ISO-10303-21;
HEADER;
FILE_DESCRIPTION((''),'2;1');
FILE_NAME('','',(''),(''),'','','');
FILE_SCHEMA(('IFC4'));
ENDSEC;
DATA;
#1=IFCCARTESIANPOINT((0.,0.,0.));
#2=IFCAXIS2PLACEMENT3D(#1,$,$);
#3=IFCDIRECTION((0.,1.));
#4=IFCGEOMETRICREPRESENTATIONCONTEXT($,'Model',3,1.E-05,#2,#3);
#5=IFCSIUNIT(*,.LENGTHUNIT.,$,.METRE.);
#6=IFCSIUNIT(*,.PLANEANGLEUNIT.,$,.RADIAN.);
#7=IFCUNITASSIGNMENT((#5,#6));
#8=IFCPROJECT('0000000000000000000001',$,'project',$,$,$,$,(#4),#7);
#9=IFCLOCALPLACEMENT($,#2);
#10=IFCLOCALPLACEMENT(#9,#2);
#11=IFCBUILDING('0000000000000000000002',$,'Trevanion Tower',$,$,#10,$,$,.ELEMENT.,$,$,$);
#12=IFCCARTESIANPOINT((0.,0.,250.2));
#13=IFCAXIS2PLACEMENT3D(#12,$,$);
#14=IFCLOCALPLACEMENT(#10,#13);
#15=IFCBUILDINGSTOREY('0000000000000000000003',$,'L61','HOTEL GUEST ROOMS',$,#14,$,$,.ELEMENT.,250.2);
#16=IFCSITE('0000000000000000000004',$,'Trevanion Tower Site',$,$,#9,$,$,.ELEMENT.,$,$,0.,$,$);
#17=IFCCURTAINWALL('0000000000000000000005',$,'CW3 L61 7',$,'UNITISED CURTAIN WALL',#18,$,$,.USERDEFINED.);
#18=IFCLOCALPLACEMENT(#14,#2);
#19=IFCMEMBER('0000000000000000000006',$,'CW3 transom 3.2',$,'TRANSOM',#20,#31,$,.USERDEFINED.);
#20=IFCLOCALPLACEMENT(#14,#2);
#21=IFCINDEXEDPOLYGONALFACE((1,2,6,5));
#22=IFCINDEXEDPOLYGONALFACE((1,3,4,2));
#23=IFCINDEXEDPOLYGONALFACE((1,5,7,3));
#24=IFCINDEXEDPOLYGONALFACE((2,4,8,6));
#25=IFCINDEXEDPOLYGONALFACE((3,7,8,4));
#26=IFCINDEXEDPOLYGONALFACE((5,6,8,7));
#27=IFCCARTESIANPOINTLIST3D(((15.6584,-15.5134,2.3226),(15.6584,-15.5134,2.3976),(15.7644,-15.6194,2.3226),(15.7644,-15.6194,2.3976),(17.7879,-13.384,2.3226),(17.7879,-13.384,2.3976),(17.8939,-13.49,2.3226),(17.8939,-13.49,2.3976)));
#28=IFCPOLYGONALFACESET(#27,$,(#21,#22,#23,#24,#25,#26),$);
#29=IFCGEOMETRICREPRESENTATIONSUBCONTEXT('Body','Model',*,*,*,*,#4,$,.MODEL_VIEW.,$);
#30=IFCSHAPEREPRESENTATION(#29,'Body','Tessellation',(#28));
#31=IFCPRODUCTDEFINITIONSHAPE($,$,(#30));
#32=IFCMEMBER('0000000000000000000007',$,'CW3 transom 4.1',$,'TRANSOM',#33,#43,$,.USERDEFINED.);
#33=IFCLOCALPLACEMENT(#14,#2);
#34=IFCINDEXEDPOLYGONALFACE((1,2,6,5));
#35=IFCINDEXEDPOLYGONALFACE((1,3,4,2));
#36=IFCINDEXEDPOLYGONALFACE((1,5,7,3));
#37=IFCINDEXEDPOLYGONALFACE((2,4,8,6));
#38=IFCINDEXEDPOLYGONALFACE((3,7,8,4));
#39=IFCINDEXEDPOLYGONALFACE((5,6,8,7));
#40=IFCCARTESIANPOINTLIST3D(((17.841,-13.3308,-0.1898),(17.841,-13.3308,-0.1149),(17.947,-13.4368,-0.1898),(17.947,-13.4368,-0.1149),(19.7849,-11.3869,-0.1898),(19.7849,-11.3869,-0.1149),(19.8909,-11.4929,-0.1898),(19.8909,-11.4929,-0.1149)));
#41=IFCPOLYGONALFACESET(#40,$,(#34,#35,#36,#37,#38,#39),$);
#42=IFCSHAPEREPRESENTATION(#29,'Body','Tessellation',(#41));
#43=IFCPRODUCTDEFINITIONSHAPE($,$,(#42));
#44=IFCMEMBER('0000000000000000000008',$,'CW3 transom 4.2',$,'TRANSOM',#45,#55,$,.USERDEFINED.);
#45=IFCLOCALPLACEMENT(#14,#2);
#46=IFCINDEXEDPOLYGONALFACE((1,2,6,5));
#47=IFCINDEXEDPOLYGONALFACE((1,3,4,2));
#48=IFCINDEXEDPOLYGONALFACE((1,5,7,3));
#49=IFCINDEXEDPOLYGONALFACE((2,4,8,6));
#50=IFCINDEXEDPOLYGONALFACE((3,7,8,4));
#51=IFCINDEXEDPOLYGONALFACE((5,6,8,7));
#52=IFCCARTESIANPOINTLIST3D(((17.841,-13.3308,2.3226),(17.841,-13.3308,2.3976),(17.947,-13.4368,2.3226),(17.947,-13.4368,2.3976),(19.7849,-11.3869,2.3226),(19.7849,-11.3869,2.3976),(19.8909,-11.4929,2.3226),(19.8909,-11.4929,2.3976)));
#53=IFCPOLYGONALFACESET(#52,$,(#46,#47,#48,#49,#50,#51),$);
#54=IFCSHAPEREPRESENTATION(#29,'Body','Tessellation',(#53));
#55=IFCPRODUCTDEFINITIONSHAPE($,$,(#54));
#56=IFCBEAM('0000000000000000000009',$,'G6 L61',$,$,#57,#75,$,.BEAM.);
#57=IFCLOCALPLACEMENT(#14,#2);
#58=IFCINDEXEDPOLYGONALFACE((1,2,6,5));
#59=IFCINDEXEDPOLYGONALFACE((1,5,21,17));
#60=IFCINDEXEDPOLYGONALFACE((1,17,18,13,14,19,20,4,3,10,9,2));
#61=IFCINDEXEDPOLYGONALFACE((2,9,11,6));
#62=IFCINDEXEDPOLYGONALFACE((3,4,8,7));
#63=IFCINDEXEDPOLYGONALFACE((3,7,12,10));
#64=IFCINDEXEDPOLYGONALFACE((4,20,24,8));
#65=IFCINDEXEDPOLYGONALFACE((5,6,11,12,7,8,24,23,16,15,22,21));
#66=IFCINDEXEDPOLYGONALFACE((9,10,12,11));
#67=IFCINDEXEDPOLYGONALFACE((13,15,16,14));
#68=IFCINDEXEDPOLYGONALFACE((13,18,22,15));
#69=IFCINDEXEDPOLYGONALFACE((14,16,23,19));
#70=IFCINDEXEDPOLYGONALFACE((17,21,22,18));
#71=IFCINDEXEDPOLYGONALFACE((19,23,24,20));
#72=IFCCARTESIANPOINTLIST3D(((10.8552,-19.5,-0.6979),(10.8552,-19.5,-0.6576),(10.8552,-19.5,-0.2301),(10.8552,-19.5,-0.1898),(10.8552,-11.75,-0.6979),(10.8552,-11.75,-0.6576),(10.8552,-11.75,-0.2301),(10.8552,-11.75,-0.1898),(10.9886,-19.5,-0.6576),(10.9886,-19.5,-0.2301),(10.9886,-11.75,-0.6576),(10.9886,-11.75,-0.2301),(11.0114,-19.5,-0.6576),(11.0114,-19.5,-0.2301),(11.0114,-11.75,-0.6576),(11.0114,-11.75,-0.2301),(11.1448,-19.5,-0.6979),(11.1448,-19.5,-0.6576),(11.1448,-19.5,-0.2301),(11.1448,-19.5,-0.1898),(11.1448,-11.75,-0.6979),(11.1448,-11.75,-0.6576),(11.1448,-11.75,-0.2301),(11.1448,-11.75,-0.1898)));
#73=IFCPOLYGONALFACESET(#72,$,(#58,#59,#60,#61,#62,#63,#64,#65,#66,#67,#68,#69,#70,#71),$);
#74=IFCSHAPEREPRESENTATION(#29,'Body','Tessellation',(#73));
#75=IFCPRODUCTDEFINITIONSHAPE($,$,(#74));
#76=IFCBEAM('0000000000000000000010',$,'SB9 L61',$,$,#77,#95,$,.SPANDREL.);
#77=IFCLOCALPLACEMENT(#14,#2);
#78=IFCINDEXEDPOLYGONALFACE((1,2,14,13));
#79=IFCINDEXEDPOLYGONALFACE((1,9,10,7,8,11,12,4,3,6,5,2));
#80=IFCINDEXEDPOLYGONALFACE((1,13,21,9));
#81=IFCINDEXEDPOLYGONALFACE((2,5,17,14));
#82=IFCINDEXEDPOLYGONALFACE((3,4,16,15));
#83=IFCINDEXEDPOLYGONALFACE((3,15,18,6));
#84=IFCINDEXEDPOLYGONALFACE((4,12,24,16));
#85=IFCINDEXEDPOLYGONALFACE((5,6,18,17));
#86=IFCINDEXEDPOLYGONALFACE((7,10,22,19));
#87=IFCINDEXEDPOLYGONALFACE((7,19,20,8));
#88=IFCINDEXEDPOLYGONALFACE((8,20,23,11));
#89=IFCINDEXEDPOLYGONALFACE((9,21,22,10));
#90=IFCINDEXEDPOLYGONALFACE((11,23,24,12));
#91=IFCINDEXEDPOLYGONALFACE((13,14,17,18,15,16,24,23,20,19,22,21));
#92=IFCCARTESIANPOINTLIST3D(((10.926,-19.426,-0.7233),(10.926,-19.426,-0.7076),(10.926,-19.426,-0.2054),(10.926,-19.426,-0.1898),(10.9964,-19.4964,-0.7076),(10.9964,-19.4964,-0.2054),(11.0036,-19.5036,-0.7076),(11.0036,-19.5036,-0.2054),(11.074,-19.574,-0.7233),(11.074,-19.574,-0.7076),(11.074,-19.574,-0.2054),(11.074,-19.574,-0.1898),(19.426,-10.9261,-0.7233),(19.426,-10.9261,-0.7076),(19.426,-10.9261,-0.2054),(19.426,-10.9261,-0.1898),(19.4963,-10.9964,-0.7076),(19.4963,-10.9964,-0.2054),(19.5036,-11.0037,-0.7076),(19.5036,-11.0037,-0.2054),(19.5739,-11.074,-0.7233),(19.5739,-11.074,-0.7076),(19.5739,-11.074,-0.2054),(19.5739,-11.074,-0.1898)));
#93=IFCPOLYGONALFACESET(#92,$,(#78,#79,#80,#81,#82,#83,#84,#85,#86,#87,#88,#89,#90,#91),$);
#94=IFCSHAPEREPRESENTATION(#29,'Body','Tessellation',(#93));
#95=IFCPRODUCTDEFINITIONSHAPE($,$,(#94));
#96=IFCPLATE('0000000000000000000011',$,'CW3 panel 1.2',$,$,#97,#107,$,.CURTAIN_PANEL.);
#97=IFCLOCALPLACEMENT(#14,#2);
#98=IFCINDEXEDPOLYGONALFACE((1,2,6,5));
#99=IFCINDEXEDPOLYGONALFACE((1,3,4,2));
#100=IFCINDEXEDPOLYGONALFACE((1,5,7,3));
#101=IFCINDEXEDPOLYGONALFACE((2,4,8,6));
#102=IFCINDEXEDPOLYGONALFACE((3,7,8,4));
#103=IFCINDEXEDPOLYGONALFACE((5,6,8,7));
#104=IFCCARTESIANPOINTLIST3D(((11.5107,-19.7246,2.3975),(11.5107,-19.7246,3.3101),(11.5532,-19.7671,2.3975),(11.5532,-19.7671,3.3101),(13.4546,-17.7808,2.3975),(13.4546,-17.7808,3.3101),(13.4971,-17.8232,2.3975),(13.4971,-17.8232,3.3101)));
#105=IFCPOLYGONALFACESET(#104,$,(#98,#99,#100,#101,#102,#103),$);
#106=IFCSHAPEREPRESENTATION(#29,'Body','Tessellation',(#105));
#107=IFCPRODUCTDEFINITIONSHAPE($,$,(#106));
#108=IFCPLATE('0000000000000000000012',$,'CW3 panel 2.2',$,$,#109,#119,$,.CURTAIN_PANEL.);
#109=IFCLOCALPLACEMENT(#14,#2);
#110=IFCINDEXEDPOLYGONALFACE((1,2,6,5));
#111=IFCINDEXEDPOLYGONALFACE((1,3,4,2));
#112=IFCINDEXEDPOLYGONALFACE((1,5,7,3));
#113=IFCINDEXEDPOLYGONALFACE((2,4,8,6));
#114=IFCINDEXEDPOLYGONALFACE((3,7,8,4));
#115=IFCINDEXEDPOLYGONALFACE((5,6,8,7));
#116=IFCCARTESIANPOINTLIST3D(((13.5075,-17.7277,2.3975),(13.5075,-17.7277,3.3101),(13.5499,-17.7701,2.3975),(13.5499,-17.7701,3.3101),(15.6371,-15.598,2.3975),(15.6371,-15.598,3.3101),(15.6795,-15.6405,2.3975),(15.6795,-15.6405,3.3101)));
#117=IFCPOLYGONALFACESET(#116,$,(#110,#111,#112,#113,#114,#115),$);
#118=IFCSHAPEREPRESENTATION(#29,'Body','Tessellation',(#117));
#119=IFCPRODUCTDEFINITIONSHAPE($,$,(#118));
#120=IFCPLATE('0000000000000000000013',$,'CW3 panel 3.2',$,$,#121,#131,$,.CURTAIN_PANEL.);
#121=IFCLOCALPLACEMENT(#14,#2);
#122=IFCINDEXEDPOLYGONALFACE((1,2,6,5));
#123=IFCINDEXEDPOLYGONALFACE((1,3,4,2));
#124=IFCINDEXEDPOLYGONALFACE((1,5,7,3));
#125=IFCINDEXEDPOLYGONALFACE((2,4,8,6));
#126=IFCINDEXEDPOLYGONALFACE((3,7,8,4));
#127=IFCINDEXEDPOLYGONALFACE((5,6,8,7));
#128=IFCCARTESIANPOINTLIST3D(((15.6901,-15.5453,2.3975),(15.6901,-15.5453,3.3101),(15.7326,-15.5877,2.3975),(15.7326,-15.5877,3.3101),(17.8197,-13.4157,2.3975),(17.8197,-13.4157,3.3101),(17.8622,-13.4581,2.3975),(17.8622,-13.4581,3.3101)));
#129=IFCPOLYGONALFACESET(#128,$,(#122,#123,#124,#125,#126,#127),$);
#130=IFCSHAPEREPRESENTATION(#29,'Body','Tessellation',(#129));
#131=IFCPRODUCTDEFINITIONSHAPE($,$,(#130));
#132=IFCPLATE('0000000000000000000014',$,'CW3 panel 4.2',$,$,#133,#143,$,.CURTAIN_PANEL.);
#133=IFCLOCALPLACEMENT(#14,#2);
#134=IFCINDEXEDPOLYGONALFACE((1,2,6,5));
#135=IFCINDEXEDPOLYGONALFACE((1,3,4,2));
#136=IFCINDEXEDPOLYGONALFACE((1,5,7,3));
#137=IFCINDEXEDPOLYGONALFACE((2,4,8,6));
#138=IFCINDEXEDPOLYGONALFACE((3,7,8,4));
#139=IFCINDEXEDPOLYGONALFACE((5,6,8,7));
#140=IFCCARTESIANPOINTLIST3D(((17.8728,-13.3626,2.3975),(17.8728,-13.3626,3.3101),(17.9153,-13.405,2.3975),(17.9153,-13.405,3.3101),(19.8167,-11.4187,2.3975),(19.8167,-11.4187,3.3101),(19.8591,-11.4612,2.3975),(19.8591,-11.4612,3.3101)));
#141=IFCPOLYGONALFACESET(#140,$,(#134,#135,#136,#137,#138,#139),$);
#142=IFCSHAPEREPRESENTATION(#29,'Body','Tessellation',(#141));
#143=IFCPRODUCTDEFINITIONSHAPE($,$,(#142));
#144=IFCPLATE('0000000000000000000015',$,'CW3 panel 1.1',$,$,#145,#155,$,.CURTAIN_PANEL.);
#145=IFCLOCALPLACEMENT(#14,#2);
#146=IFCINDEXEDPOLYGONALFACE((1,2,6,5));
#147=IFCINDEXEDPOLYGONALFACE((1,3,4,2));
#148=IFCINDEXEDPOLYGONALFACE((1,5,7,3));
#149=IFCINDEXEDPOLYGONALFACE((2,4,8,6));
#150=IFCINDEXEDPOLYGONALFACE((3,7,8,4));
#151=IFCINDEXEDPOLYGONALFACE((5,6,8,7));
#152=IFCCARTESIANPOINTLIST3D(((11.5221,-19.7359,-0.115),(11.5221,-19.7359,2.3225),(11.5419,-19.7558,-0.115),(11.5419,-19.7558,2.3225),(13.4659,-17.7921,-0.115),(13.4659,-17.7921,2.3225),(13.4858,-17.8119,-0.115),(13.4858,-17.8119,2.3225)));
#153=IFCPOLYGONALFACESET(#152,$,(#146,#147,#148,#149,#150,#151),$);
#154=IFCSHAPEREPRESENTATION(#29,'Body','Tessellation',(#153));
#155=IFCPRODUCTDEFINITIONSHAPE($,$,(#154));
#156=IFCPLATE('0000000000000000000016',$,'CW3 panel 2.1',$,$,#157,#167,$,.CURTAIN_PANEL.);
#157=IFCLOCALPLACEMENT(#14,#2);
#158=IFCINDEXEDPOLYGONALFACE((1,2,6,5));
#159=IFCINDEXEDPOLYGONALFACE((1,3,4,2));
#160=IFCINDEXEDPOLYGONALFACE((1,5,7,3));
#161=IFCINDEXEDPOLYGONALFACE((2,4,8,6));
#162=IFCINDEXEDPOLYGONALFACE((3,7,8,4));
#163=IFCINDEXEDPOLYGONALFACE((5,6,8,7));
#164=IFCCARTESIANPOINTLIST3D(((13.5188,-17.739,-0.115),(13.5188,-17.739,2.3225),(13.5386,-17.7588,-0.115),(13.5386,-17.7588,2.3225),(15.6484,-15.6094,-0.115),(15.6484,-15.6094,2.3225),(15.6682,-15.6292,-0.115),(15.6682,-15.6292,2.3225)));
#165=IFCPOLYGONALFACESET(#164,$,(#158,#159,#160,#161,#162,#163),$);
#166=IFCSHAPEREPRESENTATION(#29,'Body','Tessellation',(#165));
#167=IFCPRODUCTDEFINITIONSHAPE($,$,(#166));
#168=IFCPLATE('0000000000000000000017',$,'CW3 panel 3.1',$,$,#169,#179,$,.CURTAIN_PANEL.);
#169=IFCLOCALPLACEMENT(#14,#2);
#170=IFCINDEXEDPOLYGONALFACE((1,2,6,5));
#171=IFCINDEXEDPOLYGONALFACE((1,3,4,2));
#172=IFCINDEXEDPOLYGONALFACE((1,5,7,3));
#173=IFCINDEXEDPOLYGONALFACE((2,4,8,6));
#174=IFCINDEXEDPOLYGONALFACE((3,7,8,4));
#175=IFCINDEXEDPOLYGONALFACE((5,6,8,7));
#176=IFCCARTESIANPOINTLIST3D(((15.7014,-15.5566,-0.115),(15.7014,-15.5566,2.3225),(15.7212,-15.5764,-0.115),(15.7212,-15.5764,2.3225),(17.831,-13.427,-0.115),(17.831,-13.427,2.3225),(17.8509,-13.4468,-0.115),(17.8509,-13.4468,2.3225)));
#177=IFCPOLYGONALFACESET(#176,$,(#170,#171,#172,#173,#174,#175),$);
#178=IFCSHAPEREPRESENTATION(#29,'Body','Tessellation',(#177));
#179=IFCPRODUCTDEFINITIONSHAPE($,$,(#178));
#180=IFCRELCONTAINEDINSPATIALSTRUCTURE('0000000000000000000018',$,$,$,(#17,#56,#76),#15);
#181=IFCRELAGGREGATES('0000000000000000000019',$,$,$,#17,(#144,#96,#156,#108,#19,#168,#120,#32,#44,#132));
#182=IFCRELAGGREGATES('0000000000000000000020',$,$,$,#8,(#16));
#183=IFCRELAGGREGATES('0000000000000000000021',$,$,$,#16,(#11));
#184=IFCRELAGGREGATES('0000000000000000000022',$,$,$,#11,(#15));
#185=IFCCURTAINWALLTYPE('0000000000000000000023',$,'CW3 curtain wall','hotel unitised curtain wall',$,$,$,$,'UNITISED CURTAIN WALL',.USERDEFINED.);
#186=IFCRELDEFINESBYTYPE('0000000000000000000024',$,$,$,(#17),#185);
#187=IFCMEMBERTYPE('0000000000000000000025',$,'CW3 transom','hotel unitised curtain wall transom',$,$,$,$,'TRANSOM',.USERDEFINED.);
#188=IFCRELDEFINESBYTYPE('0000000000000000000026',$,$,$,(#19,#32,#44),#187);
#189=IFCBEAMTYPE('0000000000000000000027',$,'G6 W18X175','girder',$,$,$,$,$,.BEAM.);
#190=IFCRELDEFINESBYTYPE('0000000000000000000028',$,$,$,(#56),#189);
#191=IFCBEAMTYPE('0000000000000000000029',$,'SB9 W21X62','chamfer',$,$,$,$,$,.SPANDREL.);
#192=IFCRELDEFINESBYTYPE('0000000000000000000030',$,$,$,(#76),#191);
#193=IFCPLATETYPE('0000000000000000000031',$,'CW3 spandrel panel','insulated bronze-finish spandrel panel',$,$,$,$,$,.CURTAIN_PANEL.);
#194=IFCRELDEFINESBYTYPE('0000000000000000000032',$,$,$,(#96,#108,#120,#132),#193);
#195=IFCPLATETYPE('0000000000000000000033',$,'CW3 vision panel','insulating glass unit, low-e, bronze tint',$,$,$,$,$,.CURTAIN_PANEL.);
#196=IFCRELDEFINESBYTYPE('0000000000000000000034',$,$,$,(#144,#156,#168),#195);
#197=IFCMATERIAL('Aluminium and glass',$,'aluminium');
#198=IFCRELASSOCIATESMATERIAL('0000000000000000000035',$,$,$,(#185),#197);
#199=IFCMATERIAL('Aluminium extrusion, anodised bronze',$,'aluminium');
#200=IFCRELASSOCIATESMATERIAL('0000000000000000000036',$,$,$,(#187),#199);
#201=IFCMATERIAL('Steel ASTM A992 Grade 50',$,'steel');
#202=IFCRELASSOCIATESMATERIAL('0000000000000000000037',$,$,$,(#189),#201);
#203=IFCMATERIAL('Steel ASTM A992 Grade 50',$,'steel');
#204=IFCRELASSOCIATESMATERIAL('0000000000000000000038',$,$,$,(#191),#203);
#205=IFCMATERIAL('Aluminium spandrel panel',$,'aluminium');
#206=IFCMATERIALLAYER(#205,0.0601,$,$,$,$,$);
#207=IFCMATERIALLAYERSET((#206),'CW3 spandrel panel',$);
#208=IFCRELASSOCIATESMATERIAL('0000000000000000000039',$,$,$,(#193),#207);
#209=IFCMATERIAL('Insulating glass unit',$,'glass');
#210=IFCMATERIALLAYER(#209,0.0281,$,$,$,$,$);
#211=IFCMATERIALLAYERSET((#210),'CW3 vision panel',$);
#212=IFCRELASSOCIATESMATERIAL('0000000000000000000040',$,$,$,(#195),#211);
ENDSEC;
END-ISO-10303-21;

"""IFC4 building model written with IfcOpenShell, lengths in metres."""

from ifc_helpers import new_model, si_unit, direction, frame, origin, origin_2d, place, context, subcontext, project, spatial, rectangle, i_section, extrude, material, layer, layer_set, material_profile, profile_set, type_object, element, aggregate, save


model = new_model("IFC4")

# Units and contexts
model_context = context("Model", 3, precision=1e-05, world=origin(), true_north=direction((0.0, 1.0)))
body_context = subcontext(model_context, "Body", "Model", "MODEL_VIEW")
ifc_project = project(units=[si_unit("LENGTHUNIT", "METRE"), si_unit("PLANEANGLEUNIT", "RADIAN")], contexts=[model_context])

# Site, building, storey
site_placement = place(None, origin())
site = spatial("IfcSite", under=ifc_project, at=site_placement, Name="Trevanion Tower Site", CompositionType="ELEMENT", RefElevation=0.0)
building_placement = place(site_placement, origin())
building = spatial("IfcBuilding", under=site, at=building_placement, Name="Trevanion Tower", CompositionType="ELEMENT")
storey_placement = place(building_placement, frame((0.0, 0.0, 250.2)))
storey = spatial("IfcBuildingStorey", under=building, at=storey_placement, Name="L61", Description="HOTEL GUEST ROOMS", CompositionType="ELEMENT", Elevation=250.2)

# Curtain wall
ifc_material_1 = material(Name="Aluminium and glass", Category="aluminium")
curtain_wall_type = type_object("IfcCurtainWallType", Name="CW3 curtain wall", Description="hotel unitised curtain wall", ElementType="UNITISED CURTAIN WALL", PredefinedType="USERDEFINED", material=ifc_material_1)
curtain_wall_1_placement = place(storey_placement, origin())
curtain_wall_1 = element("IfcCurtainWall", 1, at=curtain_wall_1_placement, inside=storey, type_object=curtain_wall_type, Name="CW3 L61 7", ObjectType="UNITISED CURTAIN WALL", PredefinedType="USERDEFINED")

# Members
ifc_material_2 = material(Name="Aluminium extrusion, anodised bronze", Category="aluminium")
ifc_material_profile_1 = material_profile(ifc_material_2, rectangle(XDim=0.1499, YDim=0.075, at=origin_2d()), Name="CW3 transom")
ifc_profile_set_1 = profile_set([ifc_material_profile_1], Name="Aluminium extrusion, anodised bronze")
member_type_1 = type_object("IfcMemberType", Name="CW3 transom", Description="hotel unitised curtain wall transom", ElementType="TRANSOM", PredefinedType="USERDEFINED", material=ifc_profile_set_1)
member_1_placement = place(storey_placement, frame((15.7114, -15.5664, 2.3601), z_axis=(0.707107, 0.707107, 0.0), x_axis=(-0.707107, 0.707107, 0.0)))
member_1 = element("IfcMember", 2, at=member_1_placement, type_object=member_type_1, Name="CW3 transom 3.2", ObjectType="TRANSOM", PredefinedType="USERDEFINED", context=body_context, shape_type="SweptSolid", body=[
    extrude(rectangle(XDim=0.1499, YDim=0.075, at=origin_2d()), origin(), (0.0, 0.0, 1.0), 3.0115),
])
member_2_placement = place(storey_placement, frame((17.894, -13.3838, -0.1523), z_axis=(0.707107, 0.707107, 0.0), x_axis=(-0.707107, 0.707107, 0.0)))
member_2 = element("IfcMember", 3, at=member_2_placement, type_object=member_type_1, Name="CW3 transom 4.1", ObjectType="TRANSOM", PredefinedType="USERDEFINED", context=body_context, shape_type="SweptSolid", body=[
    extrude(rectangle(XDim=0.1499, YDim=0.075, at=origin_2d()), origin(), (0.0, 0.0, 1.0), 2.749),
])
member_3_placement = place(storey_placement, frame((17.894, -13.3838, 2.3601), z_axis=(0.707107, 0.707107, 0.0), x_axis=(-0.707107, 0.707107, 0.0)))
member_3 = element("IfcMember", 4, at=member_3_placement, type_object=member_type_1, Name="CW3 transom 4.2", ObjectType="TRANSOM", PredefinedType="USERDEFINED", context=body_context, shape_type="SweptSolid", body=[
    extrude(rectangle(XDim=0.1499, YDim=0.075, at=origin_2d()), origin(), (0.0, 0.0, 1.0), 2.749),
])

# Beams
ifc_material_3 = material(Name="Steel ASTM A992 Grade 50", Category="steel")
ifc_material_profile_2 = material_profile(ifc_material_3, i_section(OverallWidth=0.2896, OverallDepth=0.5081, WebThickness=0.0227, FlangeThickness=0.0403, at=origin_2d()), Name="W18X175")
ifc_profile_set_2 = profile_set([ifc_material_profile_2], Name="Steel ASTM A992 Grade 50")
beam_type_1 = type_object("IfcBeamType", Name="G6 W18X175", Description="girder", PredefinedType="BEAM", material=ifc_profile_set_2)
beam_1_placement = place(storey_placement, frame((11.0, -11.75, -0.4438), z_axis=(0.0, -1.0, 0.0), x_axis=(1.0, 0.0, 0.0)))
element("IfcBeam", 5, at=beam_1_placement, inside=storey, type_object=beam_type_1, Name="G6 L61", PredefinedType="BEAM", context=body_context, shape_type="SweptSolid", body=[
    extrude(i_section(OverallWidth=0.2896, OverallDepth=0.5081, WebThickness=0.0227, FlangeThickness=0.0403, at=origin_2d()), origin(), (0.0, 0.0, 1.0), 7.75),
])
ifc_material_4 = material(Name="Steel ASTM A992 Grade 50", Category="steel")
ifc_material_profile_3 = material_profile(ifc_material_4, i_section(OverallWidth=0.2092, OverallDepth=0.5334, WebThickness=0.0103, FlangeThickness=0.0156, at=origin_2d()), Name="W21X62")
ifc_profile_set_3 = profile_set([ifc_material_profile_3], Name="Steel ASTM A992 Grade 50")
beam_type_2 = type_object("IfcBeamType", Name="SB9 W21X62", Description="chamfer", PredefinedType="SPANDREL", material=ifc_profile_set_3)
beam_2_placement = place(storey_placement, frame((11.0, -19.5, -0.4565), z_axis=(0.707107, 0.707107, 0.0), x_axis=(-0.707107, 0.707107, 0.0)))
element("IfcBeam", 6, at=beam_2_placement, inside=storey, type_object=beam_type_2, Name="SB9 L61", PredefinedType="SPANDREL", context=body_context, shape_type="SweptSolid", body=[
    extrude(i_section(OverallWidth=0.2092, OverallDepth=0.5334, WebThickness=0.0103, FlangeThickness=0.0156, at=origin_2d()), origin(), (0.0, 0.0, 1.0), 12.0208),
])

# Plates
ifc_material_5 = material(Name="Aluminium spandrel panel", Category="aluminium")
ifc_layer_1 = layer(ifc_material_5, 0.0601)
ifc_layer_set_1 = layer_set([ifc_layer_1], Name="CW3 spandrel panel")
plate_type_1 = type_object("IfcPlateType", Name="CW3 spandrel panel", Description="insulated bronze-finish spandrel panel", PredefinedType="CURTAIN_PANEL", material=ifc_layer_set_1)
plate_1_placement = place(storey_placement, frame((12.5039, -18.7739, 2.3975), z_axis=(0.0, 0.0, 1.0), x_axis=(0.707107, 0.707107, 0.0)))
plate_1 = element("IfcPlate", 7, at=plate_1_placement, type_object=plate_type_1, Name="CW3 panel 1.2", PredefinedType="CURTAIN_PANEL", context=body_context, shape_type="SweptSolid", body=[
    extrude(rectangle(XDim=2.749, YDim=0.0601, at=origin_2d()), origin(), (0.0, 0.0, 1.0), 0.9126),
])
plate_2_placement = place(storey_placement, frame((14.5935, -16.6841, 2.3975), z_axis=(0.0, 0.0, 1.0), x_axis=(0.707107, 0.707107, 0.0)))
plate_2 = element("IfcPlate", 8, at=plate_2_placement, type_object=plate_type_1, Name="CW3 panel 2.2", PredefinedType="CURTAIN_PANEL", context=body_context, shape_type="SweptSolid", body=[
    extrude(rectangle(XDim=3.0117, YDim=0.0601, at=origin_2d()), origin(), (0.0, 0.0, 1.0), 0.9126),
])
plate_3_placement = place(storey_placement, frame((16.7761, -14.5017, 2.3975), z_axis=(0.0, 0.0, 1.0), x_axis=(0.707107, 0.707107, 0.0)))
plate_3 = element("IfcPlate", 9, at=plate_3_placement, type_object=plate_type_1, Name="CW3 panel 3.2", PredefinedType="CURTAIN_PANEL", context=body_context, shape_type="SweptSolid", body=[
    extrude(rectangle(XDim=3.0117, YDim=0.0601, at=origin_2d()), origin(), (0.0, 0.0, 1.0), 0.9126),
])
plate_4_placement = place(storey_placement, frame((18.866, -12.4119, 2.3975), z_axis=(0.0, 0.0, 1.0), x_axis=(0.707107, 0.707107, 0.0)))
plate_4 = element("IfcPlate", 10, at=plate_4_placement, type_object=plate_type_1, Name="CW3 panel 4.2", PredefinedType="CURTAIN_PANEL", context=body_context, shape_type="SweptSolid", body=[
    extrude(rectangle(XDim=2.749, YDim=0.0601, at=origin_2d()), origin(), (0.0, 0.0, 1.0), 0.9126),
])
ifc_material_6 = material(Name="Insulating glass unit", Category="glass")
ifc_layer_2 = layer(ifc_material_6, 0.0281)
ifc_layer_set_2 = layer_set([ifc_layer_2], Name="CW3 vision panel")
plate_type_2 = type_object("IfcPlateType", Name="CW3 vision panel", Description="insulating glass unit, low-e, bronze tint", PredefinedType="CURTAIN_PANEL", material=ifc_layer_set_2)
plate_5_placement = place(storey_placement, frame((12.5039, -18.7739, -0.115), z_axis=(0.0, 0.0, 1.0), x_axis=(0.707107, 0.707107, 0.0)))
plate_5 = element("IfcPlate", 11, at=plate_5_placement, type_object=plate_type_2, Name="CW3 panel 1.1", PredefinedType="CURTAIN_PANEL", context=body_context, shape_type="SweptSolid", body=[
    extrude(rectangle(XDim=2.749, YDim=0.0281, at=origin_2d()), origin(), (0.0, 0.0, 1.0), 2.4375),
])
plate_6_placement = place(storey_placement, frame((14.5935, -16.6841, -0.115), z_axis=(0.0, 0.0, 1.0), x_axis=(0.707107, 0.707107, 0.0)))
plate_6 = element("IfcPlate", 12, at=plate_6_placement, type_object=plate_type_2, Name="CW3 panel 2.1", PredefinedType="CURTAIN_PANEL", context=body_context, shape_type="SweptSolid", body=[
    extrude(rectangle(XDim=3.0117, YDim=0.0281, at=origin_2d()), origin(), (0.0, 0.0, 1.0), 2.4375),
])
plate_7_placement = place(storey_placement, frame((16.7761, -14.5017, -0.115), z_axis=(0.0, 0.0, 1.0), x_axis=(0.707107, 0.707107, 0.0)))
plate_7 = element("IfcPlate", 13, at=plate_7_placement, type_object=plate_type_2, Name="CW3 panel 3.1", PredefinedType="CURTAIN_PANEL", context=body_context, shape_type="SweptSolid", body=[
    extrude(rectangle(XDim=3.0117, YDim=0.0281, at=origin_2d()), origin(), (0.0, 0.0, 1.0), 2.4375),
])
aggregate(curtain_wall_1, [plate_5, plate_1, plate_6, plate_2, member_1, plate_7, plate_3, member_2, member_3, plate_4])

save(model, "model.ifc")
